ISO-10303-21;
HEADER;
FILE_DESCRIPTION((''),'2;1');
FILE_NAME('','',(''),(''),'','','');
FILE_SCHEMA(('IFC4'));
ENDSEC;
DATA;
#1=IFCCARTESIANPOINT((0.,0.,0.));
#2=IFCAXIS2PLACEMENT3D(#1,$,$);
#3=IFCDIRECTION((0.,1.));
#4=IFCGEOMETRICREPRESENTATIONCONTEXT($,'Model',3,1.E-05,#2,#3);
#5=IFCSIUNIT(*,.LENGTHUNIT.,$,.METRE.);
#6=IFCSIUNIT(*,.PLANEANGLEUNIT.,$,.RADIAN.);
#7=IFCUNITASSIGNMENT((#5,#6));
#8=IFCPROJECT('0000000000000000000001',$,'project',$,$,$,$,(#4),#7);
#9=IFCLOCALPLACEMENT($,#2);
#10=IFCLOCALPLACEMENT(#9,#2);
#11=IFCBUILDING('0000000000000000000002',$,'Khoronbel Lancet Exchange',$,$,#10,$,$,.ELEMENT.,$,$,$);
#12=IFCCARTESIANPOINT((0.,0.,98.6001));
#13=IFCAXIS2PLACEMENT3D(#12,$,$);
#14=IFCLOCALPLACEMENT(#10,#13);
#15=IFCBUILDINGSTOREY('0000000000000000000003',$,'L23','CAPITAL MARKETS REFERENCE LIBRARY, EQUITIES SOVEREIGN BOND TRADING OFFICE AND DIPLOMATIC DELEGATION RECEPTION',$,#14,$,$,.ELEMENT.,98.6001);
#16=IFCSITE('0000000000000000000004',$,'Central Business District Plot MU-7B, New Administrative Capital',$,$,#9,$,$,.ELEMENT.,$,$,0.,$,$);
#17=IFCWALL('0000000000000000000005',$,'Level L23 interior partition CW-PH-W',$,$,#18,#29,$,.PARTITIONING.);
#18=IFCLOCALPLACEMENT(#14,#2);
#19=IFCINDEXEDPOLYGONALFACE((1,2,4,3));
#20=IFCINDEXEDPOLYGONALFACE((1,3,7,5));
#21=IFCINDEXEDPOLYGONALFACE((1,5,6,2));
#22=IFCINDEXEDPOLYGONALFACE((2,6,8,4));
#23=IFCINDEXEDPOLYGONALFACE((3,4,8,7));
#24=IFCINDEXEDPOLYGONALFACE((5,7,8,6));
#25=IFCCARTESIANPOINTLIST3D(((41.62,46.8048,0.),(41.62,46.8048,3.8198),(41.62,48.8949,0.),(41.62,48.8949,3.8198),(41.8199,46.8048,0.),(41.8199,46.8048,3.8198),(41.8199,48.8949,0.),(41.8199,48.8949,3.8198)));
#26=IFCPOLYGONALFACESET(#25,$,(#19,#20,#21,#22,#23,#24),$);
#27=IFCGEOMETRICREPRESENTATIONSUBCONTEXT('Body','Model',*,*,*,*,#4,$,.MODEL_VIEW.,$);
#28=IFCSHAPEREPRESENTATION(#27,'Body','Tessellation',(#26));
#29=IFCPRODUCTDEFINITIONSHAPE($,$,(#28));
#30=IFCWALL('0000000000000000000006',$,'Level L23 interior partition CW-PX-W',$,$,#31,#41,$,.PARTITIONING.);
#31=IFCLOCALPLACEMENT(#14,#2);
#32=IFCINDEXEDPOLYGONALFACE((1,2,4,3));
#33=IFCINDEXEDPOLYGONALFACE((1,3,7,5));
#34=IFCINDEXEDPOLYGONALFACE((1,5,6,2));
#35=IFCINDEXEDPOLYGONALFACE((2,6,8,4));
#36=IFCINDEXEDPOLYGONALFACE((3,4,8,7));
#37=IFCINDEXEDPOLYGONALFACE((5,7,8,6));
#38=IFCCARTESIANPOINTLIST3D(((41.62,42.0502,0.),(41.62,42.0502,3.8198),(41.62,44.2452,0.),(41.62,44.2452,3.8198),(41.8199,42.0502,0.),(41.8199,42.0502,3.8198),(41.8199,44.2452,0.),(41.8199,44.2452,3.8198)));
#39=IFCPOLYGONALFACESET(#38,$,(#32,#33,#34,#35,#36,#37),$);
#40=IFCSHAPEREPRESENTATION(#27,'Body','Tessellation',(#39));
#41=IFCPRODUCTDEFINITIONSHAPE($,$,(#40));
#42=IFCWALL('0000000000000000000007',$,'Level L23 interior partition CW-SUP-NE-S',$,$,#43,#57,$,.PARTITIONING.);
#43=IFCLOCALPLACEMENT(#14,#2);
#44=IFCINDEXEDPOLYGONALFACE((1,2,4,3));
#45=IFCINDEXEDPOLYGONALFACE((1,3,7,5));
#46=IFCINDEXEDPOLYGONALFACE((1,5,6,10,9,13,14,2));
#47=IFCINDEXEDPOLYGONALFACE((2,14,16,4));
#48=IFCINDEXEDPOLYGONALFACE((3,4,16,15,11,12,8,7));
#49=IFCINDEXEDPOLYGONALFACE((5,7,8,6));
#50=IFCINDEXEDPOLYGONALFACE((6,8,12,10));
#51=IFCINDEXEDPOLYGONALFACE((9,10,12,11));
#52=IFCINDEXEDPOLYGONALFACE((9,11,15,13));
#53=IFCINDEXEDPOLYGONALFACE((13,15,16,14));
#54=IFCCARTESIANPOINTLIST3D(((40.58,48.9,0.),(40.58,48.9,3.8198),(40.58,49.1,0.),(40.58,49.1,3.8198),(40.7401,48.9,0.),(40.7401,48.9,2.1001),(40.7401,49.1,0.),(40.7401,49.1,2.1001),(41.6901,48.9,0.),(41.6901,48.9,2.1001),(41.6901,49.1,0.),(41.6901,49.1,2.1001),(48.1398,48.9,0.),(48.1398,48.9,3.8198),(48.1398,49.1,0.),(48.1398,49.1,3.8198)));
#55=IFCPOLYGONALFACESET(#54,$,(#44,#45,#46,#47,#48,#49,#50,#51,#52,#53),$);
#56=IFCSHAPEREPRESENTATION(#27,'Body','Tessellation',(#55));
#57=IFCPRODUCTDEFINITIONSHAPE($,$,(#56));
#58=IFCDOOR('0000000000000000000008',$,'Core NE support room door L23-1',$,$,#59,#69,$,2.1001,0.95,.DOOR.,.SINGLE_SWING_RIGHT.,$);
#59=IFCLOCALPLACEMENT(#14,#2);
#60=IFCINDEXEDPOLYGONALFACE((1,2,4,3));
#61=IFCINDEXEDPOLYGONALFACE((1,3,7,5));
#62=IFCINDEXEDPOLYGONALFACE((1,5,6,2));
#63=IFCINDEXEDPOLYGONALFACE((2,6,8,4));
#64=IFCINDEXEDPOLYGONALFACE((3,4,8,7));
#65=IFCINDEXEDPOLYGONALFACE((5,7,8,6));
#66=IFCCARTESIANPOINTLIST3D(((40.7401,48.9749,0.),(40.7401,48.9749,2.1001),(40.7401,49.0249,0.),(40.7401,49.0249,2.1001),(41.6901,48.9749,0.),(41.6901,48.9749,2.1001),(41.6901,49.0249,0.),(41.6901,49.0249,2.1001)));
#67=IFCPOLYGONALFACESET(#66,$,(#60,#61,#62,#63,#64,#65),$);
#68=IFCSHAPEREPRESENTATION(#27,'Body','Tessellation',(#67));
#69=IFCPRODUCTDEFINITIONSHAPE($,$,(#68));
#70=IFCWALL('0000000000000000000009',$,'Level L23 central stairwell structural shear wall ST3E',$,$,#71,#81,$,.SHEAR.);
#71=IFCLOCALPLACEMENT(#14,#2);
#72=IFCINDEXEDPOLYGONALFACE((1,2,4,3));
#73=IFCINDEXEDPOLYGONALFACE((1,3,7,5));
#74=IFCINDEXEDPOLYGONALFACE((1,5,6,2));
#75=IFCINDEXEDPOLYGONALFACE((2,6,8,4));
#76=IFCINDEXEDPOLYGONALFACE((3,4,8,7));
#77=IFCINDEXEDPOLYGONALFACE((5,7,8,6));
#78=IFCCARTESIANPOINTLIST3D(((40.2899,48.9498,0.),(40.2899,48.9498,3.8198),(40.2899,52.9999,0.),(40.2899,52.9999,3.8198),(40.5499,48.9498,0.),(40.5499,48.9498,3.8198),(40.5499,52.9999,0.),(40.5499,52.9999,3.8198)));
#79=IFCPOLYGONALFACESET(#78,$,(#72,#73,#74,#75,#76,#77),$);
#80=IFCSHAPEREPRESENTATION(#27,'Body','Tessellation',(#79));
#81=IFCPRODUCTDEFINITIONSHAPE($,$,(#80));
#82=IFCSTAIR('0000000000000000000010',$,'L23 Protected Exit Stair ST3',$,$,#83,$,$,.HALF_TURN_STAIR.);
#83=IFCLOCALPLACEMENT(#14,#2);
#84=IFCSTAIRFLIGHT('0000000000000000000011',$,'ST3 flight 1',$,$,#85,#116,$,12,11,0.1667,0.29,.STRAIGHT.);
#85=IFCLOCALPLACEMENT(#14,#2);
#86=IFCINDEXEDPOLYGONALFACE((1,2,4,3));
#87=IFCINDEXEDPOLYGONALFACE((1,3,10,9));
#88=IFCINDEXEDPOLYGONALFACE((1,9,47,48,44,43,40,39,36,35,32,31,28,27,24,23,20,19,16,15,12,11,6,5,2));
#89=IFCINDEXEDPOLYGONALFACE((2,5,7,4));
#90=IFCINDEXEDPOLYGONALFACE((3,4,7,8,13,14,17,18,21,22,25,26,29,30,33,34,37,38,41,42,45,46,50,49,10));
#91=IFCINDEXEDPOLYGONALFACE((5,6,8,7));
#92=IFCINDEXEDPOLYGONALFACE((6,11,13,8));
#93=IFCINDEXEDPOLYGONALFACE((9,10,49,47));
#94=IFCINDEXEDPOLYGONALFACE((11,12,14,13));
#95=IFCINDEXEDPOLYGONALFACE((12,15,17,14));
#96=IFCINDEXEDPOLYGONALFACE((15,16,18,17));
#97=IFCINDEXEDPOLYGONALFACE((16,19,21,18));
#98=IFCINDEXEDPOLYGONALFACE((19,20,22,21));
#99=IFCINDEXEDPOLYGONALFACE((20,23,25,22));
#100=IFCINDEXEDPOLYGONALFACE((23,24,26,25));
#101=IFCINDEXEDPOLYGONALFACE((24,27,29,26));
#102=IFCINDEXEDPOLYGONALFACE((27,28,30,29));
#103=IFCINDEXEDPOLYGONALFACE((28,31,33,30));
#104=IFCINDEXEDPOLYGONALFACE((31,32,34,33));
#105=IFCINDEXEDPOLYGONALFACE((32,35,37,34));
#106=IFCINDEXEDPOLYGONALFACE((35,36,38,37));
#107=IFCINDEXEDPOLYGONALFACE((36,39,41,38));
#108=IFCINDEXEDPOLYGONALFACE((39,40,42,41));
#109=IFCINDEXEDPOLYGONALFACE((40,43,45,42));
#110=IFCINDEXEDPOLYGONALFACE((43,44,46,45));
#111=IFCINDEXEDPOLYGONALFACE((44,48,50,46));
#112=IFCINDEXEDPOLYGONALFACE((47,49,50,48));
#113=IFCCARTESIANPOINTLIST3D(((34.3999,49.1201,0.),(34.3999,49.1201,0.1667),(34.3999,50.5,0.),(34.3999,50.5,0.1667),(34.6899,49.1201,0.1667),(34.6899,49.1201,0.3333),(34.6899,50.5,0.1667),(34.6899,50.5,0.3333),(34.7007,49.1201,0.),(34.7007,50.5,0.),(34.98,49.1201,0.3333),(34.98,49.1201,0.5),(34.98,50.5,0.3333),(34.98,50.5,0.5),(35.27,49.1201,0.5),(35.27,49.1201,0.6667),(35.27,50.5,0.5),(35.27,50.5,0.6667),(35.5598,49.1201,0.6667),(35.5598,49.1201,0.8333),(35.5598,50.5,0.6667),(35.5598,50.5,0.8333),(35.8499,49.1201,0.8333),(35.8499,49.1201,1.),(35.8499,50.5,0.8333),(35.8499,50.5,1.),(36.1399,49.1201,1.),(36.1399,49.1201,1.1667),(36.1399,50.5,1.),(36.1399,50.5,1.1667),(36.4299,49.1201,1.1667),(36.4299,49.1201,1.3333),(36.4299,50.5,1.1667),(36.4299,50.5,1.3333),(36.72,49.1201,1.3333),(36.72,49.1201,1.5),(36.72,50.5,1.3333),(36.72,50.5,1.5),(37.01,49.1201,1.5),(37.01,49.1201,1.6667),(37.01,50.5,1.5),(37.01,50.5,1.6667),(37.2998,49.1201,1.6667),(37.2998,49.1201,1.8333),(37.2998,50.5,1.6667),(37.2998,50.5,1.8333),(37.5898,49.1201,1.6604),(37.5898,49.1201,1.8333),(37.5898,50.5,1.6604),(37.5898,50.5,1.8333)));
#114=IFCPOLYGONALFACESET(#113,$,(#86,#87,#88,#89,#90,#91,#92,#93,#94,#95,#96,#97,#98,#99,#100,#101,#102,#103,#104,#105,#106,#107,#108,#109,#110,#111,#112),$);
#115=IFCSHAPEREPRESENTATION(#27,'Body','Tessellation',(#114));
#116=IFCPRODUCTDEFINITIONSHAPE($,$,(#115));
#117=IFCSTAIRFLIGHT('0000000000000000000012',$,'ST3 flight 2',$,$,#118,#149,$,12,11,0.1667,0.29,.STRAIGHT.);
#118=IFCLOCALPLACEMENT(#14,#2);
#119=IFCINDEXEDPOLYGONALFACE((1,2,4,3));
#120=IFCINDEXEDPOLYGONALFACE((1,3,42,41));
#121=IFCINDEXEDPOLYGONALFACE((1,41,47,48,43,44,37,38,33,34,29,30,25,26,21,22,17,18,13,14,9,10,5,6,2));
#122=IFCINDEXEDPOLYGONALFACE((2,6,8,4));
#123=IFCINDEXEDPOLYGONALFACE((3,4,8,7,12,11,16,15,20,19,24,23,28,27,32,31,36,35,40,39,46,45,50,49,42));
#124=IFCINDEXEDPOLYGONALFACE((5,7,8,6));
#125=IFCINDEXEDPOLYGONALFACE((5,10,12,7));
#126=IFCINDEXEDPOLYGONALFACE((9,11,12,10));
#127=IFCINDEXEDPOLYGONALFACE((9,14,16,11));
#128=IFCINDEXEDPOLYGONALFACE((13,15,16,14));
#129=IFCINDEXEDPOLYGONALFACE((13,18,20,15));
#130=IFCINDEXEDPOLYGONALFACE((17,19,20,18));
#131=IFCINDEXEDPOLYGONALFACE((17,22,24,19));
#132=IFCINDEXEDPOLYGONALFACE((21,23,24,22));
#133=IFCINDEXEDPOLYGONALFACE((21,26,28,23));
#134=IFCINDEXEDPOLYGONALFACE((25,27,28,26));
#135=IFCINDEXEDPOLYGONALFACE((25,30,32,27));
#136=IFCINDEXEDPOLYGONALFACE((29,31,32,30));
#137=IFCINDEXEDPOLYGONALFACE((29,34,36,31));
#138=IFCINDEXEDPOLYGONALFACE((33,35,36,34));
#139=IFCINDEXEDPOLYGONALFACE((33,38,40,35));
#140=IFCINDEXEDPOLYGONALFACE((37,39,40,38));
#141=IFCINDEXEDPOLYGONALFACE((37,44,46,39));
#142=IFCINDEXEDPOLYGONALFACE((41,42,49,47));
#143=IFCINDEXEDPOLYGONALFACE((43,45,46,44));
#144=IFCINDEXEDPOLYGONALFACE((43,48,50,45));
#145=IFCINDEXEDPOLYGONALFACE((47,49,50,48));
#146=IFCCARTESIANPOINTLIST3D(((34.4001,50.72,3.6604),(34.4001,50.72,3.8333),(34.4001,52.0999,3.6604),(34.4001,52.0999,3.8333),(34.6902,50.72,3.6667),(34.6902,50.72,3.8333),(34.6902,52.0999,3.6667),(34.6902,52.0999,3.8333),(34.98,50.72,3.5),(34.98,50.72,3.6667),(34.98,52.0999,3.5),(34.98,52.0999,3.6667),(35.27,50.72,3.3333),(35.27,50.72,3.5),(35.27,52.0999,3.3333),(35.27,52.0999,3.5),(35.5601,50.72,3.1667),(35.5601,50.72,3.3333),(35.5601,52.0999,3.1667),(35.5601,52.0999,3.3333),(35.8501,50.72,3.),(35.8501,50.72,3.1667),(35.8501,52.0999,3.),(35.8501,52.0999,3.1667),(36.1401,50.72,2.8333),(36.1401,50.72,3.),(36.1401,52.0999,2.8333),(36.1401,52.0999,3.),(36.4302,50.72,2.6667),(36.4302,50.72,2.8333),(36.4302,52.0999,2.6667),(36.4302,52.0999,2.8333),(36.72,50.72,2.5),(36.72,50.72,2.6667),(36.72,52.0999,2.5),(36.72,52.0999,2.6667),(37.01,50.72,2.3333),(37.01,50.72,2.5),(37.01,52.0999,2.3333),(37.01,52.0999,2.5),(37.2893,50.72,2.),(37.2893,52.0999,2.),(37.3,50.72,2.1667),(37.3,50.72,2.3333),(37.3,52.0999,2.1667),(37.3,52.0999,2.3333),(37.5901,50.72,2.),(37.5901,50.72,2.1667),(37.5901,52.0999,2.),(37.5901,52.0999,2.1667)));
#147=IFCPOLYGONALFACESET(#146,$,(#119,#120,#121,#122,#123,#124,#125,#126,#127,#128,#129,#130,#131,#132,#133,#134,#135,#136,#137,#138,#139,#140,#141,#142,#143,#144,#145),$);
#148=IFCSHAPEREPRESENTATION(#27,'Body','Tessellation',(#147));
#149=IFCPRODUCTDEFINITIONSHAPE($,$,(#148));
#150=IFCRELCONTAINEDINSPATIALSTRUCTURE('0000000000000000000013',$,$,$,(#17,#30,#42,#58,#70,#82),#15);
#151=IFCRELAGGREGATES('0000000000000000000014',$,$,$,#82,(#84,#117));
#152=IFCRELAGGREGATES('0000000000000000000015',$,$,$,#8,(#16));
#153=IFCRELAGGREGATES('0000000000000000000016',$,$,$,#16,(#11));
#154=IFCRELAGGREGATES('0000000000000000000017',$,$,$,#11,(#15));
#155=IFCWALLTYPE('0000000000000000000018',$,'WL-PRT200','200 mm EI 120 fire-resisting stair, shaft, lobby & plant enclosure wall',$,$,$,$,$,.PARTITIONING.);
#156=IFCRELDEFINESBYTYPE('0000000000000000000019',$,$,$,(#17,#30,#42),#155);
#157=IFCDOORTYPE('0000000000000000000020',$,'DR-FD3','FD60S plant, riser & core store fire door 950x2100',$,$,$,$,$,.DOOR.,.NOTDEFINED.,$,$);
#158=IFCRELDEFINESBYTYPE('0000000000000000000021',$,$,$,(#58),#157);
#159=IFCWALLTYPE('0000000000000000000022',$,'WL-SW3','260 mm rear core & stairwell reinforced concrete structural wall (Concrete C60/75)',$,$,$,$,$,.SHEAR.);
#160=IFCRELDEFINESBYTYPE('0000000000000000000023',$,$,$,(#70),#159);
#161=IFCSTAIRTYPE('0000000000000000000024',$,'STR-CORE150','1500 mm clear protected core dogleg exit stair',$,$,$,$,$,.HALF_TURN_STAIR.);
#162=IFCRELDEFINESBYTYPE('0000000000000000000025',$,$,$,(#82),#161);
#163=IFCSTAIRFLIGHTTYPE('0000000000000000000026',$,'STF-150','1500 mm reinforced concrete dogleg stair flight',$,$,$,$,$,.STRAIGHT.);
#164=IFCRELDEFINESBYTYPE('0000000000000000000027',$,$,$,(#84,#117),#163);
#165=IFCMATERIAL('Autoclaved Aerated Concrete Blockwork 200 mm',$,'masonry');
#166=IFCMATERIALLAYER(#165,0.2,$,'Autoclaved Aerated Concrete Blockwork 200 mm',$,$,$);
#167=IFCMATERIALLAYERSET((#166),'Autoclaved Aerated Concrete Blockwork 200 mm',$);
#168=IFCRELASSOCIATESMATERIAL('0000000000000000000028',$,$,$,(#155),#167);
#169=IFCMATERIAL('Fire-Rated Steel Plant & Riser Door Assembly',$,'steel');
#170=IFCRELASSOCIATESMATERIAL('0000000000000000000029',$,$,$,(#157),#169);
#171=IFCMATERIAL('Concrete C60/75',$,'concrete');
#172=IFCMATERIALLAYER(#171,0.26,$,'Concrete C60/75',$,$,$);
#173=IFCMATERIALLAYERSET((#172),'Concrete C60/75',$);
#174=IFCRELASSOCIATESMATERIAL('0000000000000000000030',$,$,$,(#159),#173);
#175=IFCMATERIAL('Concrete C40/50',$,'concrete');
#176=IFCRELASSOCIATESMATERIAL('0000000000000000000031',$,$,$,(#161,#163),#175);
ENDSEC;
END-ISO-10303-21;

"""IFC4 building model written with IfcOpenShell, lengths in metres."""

from ifc_helpers import new_model, si_unit, direction, frame, frame_2d, origin, place, context, subcontext, project, spatial, polyline, rectangle, outline, extrude, material, layer, layer_set, type_object, element, fill, aggregate, save


model = new_model("IFC4")

# Units and contexts
model_context = context("Model", 3, precision=1e-05, world=origin(), true_north=direction((0.0, 1.0)))
body_context = subcontext(model_context, "Body", "Model", "MODEL_VIEW")
ifc_project = project(units=[si_unit("LENGTHUNIT", "METRE"), si_unit("PLANEANGLEUNIT", "RADIAN")], contexts=[model_context])

# Site, building, storey
site_placement = place(None, origin())
site = spatial("IfcSite", under=ifc_project, at=site_placement, Name="Central Business District Plot MU-7B, New Administrative Capital", CompositionType="ELEMENT", RefElevation=0.0)
building_placement = place(site_placement, origin())
building = spatial("IfcBuilding", under=site, at=building_placement, Name="Khoronbel Lancet Exchange", CompositionType="ELEMENT")
storey_placement = place(building_placement, frame((0.0, 0.0, 98.6001)))
storey = spatial("IfcBuildingStorey", under=building, at=storey_placement, Name="L23", Description="CAPITAL MARKETS REFERENCE LIBRARY, EQUITIES SOVEREIGN BOND TRADING OFFICE AND DIPLOMATIC DELEGATION RECEPTION", CompositionType="ELEMENT", Elevation=98.6001)

# Walls
ifc_material_1 = material(Name="Autoclaved Aerated Concrete Blockwork 200 mm", Category="masonry")
ifc_layer_1 = layer(ifc_material_1, 0.2, Name="Autoclaved Aerated Concrete Blockwork 200 mm")
ifc_layer_set_1 = layer_set([ifc_layer_1], Name="Autoclaved Aerated Concrete Blockwork 200 mm")
wall_type_1 = type_object("IfcWallType", Name="WL-PRT200", Description="200 mm EI 120 fire-resisting stair, shaft, lobby & plant enclosure wall", PredefinedType="PARTITIONING", material=ifc_layer_set_1)
wall_1_placement = place(storey_placement, frame((41.72, 46.8049, 0.0), z_axis=(0.0, 0.0, 1.0), x_axis=(0.0, 1.0, 0.0)))
element("IfcWall", 1, at=wall_1_placement, inside=storey, type_object=wall_type_1, Name="Level L23 interior partition CW-PH-W", PredefinedType="PARTITIONING", context=body_context, shape_type="SweptSolid", body=[
    extrude(rectangle(XDim=2.0901, YDim=0.2, at=frame_2d((1.0449, 0.0))), origin(), (0.0, 0.0, 1.0), 3.8198),
])
wall_2_placement = place(storey_placement, frame((41.72, 42.05, 0.0), z_axis=(0.0, 0.0, 1.0), x_axis=(0.0, 1.0, 0.0)))
element("IfcWall", 2, at=wall_2_placement, inside=storey, type_object=wall_type_1, Name="Level L23 interior partition CW-PX-W", PredefinedType="PARTITIONING", context=body_context, shape_type="SweptSolid", body=[
    extrude(rectangle(XDim=2.1951, YDim=0.2, at=frame_2d((1.0977, 0.0))), origin(), (0.0, 0.0, 1.0), 3.8198),
])

# Wall, opening, door
wall_3_placement = place(storey_placement, frame((40.5801, 49.0, 0.0), z_axis=(0.0, 0.0, 1.0), x_axis=(1.0, 0.0, 0.0)))
wall_3 = element("IfcWall", 3, at=wall_3_placement, inside=storey, type_object=wall_type_1, Name="Level L23 interior partition CW-SUP-NE-S", PredefinedType="PARTITIONING", context=body_context, shape_type="SweptSolid", body=[
    extrude(rectangle(XDim=7.5598, YDim=0.2, at=frame_2d((3.7798, 0.0))), origin(), (0.0, 0.0, 1.0), 3.8198),
])
opening_1_placement = place(wall_3_placement, frame((0.1599, 0.0, 0.0)))
opening_1 = element("IfcOpeningElement", 4, at=opening_1_placement, cuts=wall_3, PredefinedType="OPENING", context=body_context, shape_type="SweptSolid", body=[
    extrude(rectangle(XDim=0.95, YDim=2.1001, at=frame_2d((0.4751, 1.05))), frame((0.0, 0.1099, 0.0), z_axis=(0.0, -1.0, 0.0), x_axis=(1.0, 0.0, 0.0)), (0.0, 0.0, 1.0), 0.22),
])
ifc_material_2 = material(Name="Fire-Rated Steel Plant & Riser Door Assembly", Category="steel")
door_type_1 = type_object("IfcDoorType", Name="DR-FD3", Description="FD60S plant, riser & core store fire door 950x2100", OperationType="NOTDEFINED", PredefinedType="DOOR", material=ifc_material_2)
door_1_placement = place(opening_1_placement, origin())
door_1 = element("IfcDoor", 5, at=door_1_placement, inside=storey, type_object=door_type_1, Name="Core NE support room door L23-1", OperationType="SINGLE_SWING_RIGHT", OverallHeight=2.1001, OverallWidth=0.95, PredefinedType="DOOR", context=body_context, shape_type="SweptSolid", body=[
    extrude(rectangle(XDim=0.95, YDim=2.1001, at=frame_2d((0.4751, 1.05))), frame((0.0, 0.0249, 0.0), z_axis=(0.0, -1.0, 0.0), x_axis=(1.0, 0.0, 0.0)), (0.0, 0.0, 1.0), 0.05),
])
fill(opening_1, door_1)

# Wall
ifc_material_3 = material(Name="Concrete C60/75", Category="concrete")
ifc_layer_2 = layer(ifc_material_3, 0.26, Name="Concrete C60/75")
ifc_layer_set_2 = layer_set([ifc_layer_2], Name="Concrete C60/75")
wall_type_2 = type_object("IfcWallType", Name="WL-SW3", Description="260 mm rear core & stairwell reinforced concrete structural wall (Concrete C60/75)", PredefinedType="SHEAR", material=ifc_layer_set_2)
wall_4_placement = place(storey_placement, frame((40.4199, 48.95, 0.0), z_axis=(0.0, 0.0, 1.0), x_axis=(0.0, 1.0, 0.0)))
element("IfcWall", 6, at=wall_4_placement, inside=storey, type_object=wall_type_2, Name="Level L23 central stairwell structural shear wall ST3E", PredefinedType="SHEAR", context=body_context, shape_type="SweptSolid", body=[
    extrude(rectangle(XDim=4.05, YDim=0.26, at=frame_2d((2.0249, 0.0))), origin(), (0.0, 0.0, 1.0), 3.8198),
])

# Stair, stair flights
ifc_material_4 = material(Name="Concrete C40/50", Category="concrete")
stair_type = type_object("IfcStairType", Name="STR-CORE150", Description="1500 mm clear protected core dogleg exit stair", PredefinedType="HALF_TURN_STAIR", material=ifc_material_4)
stair_placement = place(storey_placement, origin())
stair = element("IfcStair", 7, at=stair_placement, inside=storey, type_object=stair_type, Name="L23 Protected Exit Stair ST3", PredefinedType="HALF_TURN_STAIR")
stair_flight_type = type_object("IfcStairFlightType", Name="STF-150", Description="1500 mm reinforced concrete dogleg stair flight", PredefinedType="STRAIGHT", material=ifc_material_4)
stair_flight_1_placement = place(storey_placement, frame((34.3999, 49.8101, 0.0), z_axis=(0.0, 0.0, 1.0), x_axis=(1.0, 0.0, 0.0)))
stair_flight_1 = element("IfcStairFlight", 8, at=stair_flight_1_placement, type_object=stair_flight_type, Name="ST3 flight 1", NumberOfRisers=12, NumberOfTreads=11, PredefinedType="STRAIGHT", RiserHeight=0.1667, TreadLength=0.29, context=body_context, shape_type="SweptSolid", body=[
    extrude(outline(polyline([(0.0, 0.0), (0.0, 0.1667), (0.29, 0.1667), (0.29, 0.3333), (0.5801, 0.3333), (0.5801, 0.5), (0.8701, 0.5), (0.8701, 0.6667), (1.1599, 0.6667), (1.1599, 0.8333), (1.45, 0.8333), (1.45, 1.0), (1.74, 1.0), (1.74, 1.1667), (2.03, 1.1667), (2.03, 1.3333), (2.3201, 1.3333), (2.3201, 1.5), (2.6101, 1.5), (2.6101, 1.6667), (2.8999, 1.6667), (2.8999, 1.8333), (3.1899, 1.8333), (3.1899, 2.0), (3.1899, 1.6604), (0.3008, 0.0), (0.0, 0.0)])), frame((0.0, 0.6899, 0.0), z_axis=(0.0, -1.0, 0.0), x_axis=(1.0, 0.0, 0.0)), (0.0, 0.0, 1.0), 1.3799),
])
stair_flight_2_placement = place(storey_placement, frame((37.5901, 51.4099, 2.0), z_axis=(0.0, 0.0, 1.0), x_axis=(-1.0, 0.0, 0.0)))
stair_flight_2 = element("IfcStairFlight", 9, at=stair_flight_2_placement, type_object=stair_flight_type, Name="ST3 flight 2", NumberOfRisers=12, NumberOfTreads=11, PredefinedType="STRAIGHT", RiserHeight=0.1667, TreadLength=0.29, context=body_context, shape_type="SweptSolid", body=[
    extrude(outline(polyline([(0.0, 0.0), (0.0, 0.1667), (0.29, 0.1667), (0.29, 0.3333), (0.5801, 0.3333), (0.5801, 0.5), (0.8701, 0.5), (0.8701, 0.6667), (1.1599, 0.6667), (1.1599, 0.8333), (1.45, 0.8333), (1.45, 1.0), (1.74, 1.0), (1.74, 1.1667), (2.03, 1.1667), (2.03, 1.3333), (2.3201, 1.3333), (2.3201, 1.5), (2.6101, 1.5), (2.6101, 1.6667), (2.8999, 1.6667), (2.8999, 1.8333), (3.1899, 1.8333), (3.1899, 2.0), (3.1899, 1.6604), (0.3008, 0.0), (0.0, 0.0)])), frame((0.0, 0.6899, 0.0), z_axis=(0.0, -1.0, 0.0), x_axis=(1.0, 0.0, 0.0)), (0.0, 0.0, 1.0), 1.3799),
])
aggregate(stair, [stair_flight_1, stair_flight_2])

save(model, "model.ifc")
